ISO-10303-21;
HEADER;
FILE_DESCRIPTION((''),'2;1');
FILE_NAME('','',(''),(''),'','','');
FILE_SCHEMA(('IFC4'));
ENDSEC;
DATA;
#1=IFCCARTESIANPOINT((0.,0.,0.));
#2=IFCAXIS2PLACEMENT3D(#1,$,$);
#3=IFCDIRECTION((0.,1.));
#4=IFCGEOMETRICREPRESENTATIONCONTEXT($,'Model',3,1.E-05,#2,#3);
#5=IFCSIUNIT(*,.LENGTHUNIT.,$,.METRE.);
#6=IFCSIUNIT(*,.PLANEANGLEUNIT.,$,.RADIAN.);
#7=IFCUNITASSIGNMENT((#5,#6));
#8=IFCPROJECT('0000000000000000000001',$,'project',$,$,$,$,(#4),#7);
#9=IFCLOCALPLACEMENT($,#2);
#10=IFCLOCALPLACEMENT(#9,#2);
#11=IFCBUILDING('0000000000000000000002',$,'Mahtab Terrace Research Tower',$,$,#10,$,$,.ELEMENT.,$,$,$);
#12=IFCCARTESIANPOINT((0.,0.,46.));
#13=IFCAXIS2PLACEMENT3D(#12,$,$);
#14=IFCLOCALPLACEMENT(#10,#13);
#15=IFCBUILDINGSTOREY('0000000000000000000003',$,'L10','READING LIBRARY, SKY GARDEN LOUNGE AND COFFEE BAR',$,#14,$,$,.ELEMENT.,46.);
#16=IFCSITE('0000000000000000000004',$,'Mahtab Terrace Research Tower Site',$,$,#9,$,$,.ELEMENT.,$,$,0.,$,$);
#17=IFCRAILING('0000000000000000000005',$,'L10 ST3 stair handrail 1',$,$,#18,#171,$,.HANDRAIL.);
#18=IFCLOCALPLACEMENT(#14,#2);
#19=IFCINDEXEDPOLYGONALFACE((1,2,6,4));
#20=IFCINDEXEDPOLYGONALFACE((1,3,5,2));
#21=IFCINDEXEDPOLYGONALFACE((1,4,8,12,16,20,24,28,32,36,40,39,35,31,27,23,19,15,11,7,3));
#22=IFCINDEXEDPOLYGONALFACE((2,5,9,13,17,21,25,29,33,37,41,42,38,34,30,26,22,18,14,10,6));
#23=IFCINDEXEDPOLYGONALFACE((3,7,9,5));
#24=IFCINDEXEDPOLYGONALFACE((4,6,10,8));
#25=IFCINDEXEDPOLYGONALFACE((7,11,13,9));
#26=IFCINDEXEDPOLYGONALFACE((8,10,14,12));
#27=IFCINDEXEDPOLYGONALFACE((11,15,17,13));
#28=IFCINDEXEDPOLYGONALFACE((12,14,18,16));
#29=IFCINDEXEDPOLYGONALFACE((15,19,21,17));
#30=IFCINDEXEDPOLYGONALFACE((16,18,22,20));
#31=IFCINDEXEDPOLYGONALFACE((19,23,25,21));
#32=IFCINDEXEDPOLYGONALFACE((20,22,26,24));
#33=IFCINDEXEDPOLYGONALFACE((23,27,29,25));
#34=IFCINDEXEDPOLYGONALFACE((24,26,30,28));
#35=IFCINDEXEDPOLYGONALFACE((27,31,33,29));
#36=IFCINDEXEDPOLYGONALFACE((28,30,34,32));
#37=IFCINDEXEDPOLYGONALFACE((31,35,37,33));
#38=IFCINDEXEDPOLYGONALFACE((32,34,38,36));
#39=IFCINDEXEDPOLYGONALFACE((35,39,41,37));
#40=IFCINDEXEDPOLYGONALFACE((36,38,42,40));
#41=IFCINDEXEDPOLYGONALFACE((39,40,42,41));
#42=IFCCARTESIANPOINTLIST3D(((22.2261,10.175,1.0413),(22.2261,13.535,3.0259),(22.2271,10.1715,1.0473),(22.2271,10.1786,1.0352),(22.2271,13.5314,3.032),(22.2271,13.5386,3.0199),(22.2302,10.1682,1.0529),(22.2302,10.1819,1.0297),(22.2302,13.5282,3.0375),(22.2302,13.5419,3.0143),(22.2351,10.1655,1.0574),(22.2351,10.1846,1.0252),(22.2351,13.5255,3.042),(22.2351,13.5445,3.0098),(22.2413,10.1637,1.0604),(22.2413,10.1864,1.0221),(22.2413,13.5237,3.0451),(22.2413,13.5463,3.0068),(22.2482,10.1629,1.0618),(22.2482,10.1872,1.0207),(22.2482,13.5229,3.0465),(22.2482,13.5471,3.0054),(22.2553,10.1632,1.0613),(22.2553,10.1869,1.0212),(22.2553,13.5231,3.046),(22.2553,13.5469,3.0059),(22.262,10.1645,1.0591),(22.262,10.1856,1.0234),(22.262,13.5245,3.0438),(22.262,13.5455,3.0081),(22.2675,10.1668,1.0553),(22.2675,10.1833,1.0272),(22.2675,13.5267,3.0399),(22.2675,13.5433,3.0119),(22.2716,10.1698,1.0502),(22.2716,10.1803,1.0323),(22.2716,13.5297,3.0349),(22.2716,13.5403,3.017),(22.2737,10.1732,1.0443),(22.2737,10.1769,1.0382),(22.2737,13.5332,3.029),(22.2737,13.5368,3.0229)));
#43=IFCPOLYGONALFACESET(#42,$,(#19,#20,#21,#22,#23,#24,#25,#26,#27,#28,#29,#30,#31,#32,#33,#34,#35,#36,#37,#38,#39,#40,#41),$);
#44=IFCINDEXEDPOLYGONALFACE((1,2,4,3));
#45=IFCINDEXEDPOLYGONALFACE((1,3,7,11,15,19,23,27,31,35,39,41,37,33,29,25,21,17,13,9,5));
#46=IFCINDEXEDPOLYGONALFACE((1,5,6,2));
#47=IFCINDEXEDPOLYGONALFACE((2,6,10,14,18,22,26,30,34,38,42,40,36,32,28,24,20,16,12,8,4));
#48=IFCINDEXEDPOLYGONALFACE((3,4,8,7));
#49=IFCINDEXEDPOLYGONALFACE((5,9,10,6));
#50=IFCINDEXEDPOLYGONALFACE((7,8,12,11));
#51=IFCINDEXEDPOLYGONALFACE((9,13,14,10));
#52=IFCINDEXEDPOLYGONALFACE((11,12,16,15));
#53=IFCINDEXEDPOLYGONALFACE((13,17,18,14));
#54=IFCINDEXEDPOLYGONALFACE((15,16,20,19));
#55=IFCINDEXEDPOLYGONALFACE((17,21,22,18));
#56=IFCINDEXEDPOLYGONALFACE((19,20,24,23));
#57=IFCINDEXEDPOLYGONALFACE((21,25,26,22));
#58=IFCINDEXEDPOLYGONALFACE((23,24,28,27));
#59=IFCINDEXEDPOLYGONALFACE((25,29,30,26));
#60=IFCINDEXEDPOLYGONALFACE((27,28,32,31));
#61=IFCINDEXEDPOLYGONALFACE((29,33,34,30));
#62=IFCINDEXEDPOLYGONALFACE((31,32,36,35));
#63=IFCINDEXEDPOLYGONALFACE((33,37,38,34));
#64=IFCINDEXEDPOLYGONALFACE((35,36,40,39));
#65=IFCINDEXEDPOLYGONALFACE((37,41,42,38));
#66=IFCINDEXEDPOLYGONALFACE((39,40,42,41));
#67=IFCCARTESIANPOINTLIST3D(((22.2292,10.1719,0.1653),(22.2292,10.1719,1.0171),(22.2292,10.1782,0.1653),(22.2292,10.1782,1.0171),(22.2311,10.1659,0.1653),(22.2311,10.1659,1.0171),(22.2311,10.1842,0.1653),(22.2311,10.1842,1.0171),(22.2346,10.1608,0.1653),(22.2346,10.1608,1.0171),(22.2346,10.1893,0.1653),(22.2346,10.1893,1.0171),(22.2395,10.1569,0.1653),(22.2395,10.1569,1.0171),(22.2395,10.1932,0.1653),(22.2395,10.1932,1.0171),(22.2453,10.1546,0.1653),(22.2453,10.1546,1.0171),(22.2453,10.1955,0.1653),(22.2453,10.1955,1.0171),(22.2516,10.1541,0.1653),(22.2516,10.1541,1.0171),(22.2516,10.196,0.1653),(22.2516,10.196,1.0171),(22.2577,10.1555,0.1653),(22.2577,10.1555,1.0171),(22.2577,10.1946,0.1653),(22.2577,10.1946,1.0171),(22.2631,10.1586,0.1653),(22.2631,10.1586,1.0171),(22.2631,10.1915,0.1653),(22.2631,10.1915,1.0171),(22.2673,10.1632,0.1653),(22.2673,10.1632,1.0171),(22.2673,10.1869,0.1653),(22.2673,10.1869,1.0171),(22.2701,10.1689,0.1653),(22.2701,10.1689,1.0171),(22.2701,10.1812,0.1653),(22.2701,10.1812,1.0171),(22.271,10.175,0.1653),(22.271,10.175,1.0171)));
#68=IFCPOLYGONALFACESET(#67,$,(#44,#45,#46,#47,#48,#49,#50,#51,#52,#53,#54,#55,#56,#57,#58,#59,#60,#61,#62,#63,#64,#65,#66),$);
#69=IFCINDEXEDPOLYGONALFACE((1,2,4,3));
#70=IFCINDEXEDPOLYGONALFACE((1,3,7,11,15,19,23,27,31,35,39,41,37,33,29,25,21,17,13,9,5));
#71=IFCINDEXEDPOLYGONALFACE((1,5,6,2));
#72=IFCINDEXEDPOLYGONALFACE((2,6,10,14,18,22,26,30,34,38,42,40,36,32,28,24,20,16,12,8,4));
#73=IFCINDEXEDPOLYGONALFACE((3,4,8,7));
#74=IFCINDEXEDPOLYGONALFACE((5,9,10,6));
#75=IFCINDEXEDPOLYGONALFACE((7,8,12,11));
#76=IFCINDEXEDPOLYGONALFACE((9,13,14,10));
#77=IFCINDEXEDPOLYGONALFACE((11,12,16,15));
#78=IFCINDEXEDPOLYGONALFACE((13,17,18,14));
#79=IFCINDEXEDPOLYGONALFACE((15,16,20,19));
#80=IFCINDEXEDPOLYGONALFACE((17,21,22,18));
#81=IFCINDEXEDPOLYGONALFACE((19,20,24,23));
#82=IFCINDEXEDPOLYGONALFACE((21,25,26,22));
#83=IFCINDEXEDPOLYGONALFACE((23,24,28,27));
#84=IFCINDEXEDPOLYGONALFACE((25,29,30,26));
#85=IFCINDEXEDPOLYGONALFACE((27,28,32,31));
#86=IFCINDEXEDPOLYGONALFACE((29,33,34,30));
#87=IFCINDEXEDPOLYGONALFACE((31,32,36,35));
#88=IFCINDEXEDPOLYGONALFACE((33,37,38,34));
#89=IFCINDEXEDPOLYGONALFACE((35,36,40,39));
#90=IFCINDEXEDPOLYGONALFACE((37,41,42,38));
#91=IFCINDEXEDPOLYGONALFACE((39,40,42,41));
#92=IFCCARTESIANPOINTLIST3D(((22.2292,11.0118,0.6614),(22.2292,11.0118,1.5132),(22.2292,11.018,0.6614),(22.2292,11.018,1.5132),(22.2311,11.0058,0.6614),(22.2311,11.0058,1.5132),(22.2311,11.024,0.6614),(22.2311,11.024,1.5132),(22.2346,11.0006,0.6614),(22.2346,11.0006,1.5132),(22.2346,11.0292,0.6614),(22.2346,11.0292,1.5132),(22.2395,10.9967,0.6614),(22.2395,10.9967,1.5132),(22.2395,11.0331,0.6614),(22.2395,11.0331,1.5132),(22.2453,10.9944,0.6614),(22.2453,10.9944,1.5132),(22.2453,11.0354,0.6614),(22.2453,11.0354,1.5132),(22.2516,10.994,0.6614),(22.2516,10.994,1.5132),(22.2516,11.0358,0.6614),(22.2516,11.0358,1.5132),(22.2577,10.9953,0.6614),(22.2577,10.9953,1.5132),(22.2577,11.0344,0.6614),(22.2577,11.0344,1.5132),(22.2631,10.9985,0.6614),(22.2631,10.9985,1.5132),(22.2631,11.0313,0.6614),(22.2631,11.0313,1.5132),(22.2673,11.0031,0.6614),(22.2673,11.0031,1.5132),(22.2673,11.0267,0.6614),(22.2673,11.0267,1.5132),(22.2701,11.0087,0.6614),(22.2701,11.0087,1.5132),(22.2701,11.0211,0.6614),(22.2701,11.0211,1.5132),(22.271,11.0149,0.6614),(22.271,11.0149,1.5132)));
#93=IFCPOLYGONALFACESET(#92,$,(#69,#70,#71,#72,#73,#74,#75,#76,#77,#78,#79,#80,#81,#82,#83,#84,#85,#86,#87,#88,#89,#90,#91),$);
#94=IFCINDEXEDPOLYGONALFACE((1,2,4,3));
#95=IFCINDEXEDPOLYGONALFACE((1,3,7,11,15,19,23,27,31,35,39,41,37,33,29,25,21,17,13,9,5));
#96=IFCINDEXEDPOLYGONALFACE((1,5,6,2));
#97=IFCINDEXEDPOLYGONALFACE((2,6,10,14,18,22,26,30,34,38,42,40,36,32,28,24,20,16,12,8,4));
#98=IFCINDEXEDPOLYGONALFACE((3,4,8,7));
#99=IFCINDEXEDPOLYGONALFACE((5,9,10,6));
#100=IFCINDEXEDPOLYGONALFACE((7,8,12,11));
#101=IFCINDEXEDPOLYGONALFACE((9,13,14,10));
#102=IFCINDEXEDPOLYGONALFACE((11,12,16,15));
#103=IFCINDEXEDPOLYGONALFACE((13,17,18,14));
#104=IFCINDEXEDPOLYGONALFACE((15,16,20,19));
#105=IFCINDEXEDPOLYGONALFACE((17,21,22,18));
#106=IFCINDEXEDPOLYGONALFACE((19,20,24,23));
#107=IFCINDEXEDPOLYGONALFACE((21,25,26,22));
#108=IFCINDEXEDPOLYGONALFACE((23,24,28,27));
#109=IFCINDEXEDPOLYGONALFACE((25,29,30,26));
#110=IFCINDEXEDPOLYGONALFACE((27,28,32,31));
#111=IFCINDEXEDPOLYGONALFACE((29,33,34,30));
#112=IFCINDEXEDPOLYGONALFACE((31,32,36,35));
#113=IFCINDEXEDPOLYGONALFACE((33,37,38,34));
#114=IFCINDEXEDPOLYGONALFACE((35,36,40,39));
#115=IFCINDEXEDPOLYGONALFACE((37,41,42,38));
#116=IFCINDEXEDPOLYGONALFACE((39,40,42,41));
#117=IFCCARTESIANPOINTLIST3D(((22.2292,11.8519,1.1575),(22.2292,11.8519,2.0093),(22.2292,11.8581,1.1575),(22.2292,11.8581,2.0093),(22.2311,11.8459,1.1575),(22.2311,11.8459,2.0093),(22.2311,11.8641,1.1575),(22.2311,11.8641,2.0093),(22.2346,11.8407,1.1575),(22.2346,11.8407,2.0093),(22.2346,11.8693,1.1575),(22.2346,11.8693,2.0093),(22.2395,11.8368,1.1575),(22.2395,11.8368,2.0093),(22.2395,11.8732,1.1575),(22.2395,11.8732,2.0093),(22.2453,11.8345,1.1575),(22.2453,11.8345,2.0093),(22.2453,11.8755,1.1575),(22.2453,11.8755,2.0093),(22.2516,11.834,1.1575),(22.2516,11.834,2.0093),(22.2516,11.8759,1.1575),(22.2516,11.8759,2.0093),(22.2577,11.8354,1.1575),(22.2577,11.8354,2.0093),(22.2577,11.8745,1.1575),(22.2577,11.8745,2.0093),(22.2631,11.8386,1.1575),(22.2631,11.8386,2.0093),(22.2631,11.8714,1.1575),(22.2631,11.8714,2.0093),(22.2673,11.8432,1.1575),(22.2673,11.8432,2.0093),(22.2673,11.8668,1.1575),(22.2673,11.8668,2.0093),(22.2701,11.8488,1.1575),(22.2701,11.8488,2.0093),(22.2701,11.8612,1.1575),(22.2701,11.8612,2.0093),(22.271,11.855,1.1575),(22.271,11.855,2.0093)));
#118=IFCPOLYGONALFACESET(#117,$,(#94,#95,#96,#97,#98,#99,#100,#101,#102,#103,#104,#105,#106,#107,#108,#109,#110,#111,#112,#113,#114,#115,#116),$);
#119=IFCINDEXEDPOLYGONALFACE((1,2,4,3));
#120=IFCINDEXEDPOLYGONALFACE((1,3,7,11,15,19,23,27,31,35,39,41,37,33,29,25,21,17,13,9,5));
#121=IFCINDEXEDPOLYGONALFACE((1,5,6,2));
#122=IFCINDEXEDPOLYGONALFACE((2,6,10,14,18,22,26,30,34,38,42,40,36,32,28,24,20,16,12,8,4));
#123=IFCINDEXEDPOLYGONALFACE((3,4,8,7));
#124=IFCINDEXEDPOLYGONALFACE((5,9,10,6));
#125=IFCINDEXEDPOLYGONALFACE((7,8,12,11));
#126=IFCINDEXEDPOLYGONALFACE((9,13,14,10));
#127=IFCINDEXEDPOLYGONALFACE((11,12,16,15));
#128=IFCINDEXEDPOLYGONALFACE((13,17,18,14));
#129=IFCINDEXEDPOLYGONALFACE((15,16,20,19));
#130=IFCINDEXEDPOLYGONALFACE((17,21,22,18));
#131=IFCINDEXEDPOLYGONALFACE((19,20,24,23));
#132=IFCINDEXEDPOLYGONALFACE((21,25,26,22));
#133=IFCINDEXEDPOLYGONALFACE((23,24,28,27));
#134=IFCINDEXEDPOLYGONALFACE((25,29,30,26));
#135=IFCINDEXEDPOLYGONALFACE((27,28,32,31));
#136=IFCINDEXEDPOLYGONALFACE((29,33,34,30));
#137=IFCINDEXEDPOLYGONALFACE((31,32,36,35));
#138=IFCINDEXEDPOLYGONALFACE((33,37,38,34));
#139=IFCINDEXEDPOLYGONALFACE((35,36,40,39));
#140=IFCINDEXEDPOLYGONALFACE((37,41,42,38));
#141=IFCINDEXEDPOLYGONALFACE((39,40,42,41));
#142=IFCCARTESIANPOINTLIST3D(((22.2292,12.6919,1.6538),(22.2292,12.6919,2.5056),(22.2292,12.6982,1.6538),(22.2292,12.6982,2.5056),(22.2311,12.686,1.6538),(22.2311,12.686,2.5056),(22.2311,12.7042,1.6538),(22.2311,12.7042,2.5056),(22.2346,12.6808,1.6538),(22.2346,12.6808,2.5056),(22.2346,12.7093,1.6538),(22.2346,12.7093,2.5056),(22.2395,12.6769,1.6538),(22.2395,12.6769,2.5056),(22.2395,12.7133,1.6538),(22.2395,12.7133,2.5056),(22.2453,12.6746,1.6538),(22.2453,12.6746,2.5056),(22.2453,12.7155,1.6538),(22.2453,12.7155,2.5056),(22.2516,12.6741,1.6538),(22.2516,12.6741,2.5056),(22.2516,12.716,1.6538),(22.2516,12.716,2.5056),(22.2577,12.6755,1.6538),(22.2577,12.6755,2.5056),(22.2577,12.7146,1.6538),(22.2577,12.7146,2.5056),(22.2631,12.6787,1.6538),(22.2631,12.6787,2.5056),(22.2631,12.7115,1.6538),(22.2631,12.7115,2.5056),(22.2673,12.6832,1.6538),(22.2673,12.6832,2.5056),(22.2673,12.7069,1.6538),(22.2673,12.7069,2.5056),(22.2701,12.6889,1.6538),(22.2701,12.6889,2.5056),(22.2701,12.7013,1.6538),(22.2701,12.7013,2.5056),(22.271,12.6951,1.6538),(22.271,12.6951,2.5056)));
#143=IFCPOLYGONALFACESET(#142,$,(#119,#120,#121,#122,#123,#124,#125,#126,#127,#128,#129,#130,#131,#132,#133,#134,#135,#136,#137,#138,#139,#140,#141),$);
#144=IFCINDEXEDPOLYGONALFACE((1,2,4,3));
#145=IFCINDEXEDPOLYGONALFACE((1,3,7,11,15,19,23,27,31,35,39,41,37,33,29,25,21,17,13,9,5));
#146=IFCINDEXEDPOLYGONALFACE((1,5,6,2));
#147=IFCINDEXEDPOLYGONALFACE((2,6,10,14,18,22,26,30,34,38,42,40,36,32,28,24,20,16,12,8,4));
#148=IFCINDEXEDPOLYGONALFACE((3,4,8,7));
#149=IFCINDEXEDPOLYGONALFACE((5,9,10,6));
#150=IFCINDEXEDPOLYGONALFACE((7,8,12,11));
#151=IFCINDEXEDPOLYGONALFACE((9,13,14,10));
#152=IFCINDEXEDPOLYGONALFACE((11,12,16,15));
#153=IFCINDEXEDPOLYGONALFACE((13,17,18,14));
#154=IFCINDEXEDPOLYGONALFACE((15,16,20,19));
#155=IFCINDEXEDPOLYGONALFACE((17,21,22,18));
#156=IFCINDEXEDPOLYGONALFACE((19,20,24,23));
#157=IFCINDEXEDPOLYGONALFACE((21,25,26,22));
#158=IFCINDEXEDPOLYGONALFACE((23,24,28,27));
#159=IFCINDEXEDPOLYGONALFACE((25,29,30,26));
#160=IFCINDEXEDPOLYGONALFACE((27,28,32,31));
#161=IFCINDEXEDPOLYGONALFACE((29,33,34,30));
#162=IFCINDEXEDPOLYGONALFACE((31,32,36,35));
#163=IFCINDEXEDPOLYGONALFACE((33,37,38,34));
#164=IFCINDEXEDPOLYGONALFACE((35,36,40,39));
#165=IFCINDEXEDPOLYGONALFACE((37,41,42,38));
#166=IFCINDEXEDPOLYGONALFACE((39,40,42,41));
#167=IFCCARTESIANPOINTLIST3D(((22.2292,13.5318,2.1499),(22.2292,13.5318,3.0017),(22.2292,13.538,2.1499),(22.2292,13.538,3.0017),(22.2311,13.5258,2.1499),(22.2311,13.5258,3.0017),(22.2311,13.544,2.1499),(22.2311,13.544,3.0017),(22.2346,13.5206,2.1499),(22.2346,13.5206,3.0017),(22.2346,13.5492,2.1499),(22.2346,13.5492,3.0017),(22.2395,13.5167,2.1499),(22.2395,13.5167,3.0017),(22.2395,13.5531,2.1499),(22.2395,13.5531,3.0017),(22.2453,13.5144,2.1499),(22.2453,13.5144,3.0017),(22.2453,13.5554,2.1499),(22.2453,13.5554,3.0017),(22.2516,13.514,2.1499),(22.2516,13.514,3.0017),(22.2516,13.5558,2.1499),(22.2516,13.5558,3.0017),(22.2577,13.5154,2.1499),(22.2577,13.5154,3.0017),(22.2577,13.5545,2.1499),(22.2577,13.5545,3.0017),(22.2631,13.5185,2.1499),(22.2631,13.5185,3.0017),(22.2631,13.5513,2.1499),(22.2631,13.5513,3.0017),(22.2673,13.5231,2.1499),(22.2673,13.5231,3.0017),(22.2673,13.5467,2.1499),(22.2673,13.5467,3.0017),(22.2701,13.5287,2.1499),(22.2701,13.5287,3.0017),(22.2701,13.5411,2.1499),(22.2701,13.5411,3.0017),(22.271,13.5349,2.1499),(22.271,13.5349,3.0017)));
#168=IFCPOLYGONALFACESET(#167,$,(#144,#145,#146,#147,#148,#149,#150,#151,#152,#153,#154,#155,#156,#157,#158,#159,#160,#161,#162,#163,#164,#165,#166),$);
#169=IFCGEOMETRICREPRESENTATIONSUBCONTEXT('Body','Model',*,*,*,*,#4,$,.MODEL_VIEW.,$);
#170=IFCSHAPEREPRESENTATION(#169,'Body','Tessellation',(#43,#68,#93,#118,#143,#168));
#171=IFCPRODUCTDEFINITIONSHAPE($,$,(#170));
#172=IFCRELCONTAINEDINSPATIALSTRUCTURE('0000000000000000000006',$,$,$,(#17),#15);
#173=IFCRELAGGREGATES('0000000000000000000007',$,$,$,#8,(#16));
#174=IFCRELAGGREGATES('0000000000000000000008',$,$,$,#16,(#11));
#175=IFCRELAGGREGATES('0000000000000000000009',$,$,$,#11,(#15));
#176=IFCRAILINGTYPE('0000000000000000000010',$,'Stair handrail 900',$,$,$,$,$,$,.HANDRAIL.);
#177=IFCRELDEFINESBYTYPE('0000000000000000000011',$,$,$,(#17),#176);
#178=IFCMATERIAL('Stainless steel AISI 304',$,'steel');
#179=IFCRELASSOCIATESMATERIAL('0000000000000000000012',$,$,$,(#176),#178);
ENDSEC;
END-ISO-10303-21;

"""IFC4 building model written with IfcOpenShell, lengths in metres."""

from ifc_helpers import new_model, si_unit, direction, frame, origin, origin_2d, place, context, subcontext, project, spatial, circle, extrude, material, type_object, element, save


model = new_model("IFC4")

# Units and contexts
model_context = context("Model", 3, precision=1e-05, world=origin(), true_north=direction((0.0, 1.0)))
body_context = subcontext(model_context, "Body", "Model", "MODEL_VIEW")
ifc_project = project(units=[si_unit("LENGTHUNIT", "METRE"), si_unit("PLANEANGLEUNIT", "RADIAN")], contexts=[model_context])

# Site, building, storey
site_placement = place(None, origin())
site = spatial("IfcSite", under=ifc_project, at=site_placement, Name="Mahtab Terrace Research Tower Site", CompositionType="ELEMENT", RefElevation=0.0)
building_placement = place(site_placement, origin())
building = spatial("IfcBuilding", under=site, at=building_placement, Name="Mahtab Terrace Research Tower", CompositionType="ELEMENT")
storey_placement = place(building_placement, frame((0.0, 0.0, 46.0)))
storey = spatial("IfcBuildingStorey", under=building, at=storey_placement, Name="L10", Description="READING LIBRARY, SKY GARDEN LOUNGE AND COFFEE BAR", CompositionType="ELEMENT", Elevation=46.0)

# Railing
ifc_material_1 = material(Name="Stainless steel AISI 304", Category="steel")
railing_type_1 = type_object("IfcRailingType", Name="Stair handrail 900", PredefinedType="HANDRAIL", material=ifc_material_1)
railing_1_placement = place(storey_placement, frame((22.25, 10.175, 0.1653)))
element("IfcRailing", 1, at=railing_1_placement, inside=storey, type_object=railing_type_1, Name="L10 ST3 stair handrail 1", PredefinedType="HANDRAIL", context=body_context, shape_type="SweptSolid", body=[
    extrude(circle(Radius=0.0239, at=origin_2d()), frame((0.0, 0.0, 0.876), z_axis=(0.0, 0.861011, 0.508586), x_axis=(-1.0, 0.0, 0.0)), (0.0, 0.0, 1.0), 3.9023),
    extrude(circle(Radius=0.021, at=origin_2d()), origin(), (0.0, 0.0, 1.0), 0.8518),
    extrude(circle(Radius=0.021, at=origin_2d()), frame((0.0, 0.8398, 0.4961)), (0.0, 0.0, 1.0), 0.8518),
    extrude(circle(Radius=0.021, at=origin_2d()), frame((0.0, 1.6799, 0.9922)), (0.0, 0.0, 1.0), 0.8518),
    extrude(circle(Radius=0.021, at=origin_2d()), frame((0.0, 2.52, 1.4885)), (0.0, 0.0, 1.0), 0.8518),
    extrude(circle(Radius=0.021, at=origin_2d()), frame((0.0, 3.3599, 1.9846)), (0.0, 0.0, 1.0), 0.8518),
])

save(model, "model.ifc")
